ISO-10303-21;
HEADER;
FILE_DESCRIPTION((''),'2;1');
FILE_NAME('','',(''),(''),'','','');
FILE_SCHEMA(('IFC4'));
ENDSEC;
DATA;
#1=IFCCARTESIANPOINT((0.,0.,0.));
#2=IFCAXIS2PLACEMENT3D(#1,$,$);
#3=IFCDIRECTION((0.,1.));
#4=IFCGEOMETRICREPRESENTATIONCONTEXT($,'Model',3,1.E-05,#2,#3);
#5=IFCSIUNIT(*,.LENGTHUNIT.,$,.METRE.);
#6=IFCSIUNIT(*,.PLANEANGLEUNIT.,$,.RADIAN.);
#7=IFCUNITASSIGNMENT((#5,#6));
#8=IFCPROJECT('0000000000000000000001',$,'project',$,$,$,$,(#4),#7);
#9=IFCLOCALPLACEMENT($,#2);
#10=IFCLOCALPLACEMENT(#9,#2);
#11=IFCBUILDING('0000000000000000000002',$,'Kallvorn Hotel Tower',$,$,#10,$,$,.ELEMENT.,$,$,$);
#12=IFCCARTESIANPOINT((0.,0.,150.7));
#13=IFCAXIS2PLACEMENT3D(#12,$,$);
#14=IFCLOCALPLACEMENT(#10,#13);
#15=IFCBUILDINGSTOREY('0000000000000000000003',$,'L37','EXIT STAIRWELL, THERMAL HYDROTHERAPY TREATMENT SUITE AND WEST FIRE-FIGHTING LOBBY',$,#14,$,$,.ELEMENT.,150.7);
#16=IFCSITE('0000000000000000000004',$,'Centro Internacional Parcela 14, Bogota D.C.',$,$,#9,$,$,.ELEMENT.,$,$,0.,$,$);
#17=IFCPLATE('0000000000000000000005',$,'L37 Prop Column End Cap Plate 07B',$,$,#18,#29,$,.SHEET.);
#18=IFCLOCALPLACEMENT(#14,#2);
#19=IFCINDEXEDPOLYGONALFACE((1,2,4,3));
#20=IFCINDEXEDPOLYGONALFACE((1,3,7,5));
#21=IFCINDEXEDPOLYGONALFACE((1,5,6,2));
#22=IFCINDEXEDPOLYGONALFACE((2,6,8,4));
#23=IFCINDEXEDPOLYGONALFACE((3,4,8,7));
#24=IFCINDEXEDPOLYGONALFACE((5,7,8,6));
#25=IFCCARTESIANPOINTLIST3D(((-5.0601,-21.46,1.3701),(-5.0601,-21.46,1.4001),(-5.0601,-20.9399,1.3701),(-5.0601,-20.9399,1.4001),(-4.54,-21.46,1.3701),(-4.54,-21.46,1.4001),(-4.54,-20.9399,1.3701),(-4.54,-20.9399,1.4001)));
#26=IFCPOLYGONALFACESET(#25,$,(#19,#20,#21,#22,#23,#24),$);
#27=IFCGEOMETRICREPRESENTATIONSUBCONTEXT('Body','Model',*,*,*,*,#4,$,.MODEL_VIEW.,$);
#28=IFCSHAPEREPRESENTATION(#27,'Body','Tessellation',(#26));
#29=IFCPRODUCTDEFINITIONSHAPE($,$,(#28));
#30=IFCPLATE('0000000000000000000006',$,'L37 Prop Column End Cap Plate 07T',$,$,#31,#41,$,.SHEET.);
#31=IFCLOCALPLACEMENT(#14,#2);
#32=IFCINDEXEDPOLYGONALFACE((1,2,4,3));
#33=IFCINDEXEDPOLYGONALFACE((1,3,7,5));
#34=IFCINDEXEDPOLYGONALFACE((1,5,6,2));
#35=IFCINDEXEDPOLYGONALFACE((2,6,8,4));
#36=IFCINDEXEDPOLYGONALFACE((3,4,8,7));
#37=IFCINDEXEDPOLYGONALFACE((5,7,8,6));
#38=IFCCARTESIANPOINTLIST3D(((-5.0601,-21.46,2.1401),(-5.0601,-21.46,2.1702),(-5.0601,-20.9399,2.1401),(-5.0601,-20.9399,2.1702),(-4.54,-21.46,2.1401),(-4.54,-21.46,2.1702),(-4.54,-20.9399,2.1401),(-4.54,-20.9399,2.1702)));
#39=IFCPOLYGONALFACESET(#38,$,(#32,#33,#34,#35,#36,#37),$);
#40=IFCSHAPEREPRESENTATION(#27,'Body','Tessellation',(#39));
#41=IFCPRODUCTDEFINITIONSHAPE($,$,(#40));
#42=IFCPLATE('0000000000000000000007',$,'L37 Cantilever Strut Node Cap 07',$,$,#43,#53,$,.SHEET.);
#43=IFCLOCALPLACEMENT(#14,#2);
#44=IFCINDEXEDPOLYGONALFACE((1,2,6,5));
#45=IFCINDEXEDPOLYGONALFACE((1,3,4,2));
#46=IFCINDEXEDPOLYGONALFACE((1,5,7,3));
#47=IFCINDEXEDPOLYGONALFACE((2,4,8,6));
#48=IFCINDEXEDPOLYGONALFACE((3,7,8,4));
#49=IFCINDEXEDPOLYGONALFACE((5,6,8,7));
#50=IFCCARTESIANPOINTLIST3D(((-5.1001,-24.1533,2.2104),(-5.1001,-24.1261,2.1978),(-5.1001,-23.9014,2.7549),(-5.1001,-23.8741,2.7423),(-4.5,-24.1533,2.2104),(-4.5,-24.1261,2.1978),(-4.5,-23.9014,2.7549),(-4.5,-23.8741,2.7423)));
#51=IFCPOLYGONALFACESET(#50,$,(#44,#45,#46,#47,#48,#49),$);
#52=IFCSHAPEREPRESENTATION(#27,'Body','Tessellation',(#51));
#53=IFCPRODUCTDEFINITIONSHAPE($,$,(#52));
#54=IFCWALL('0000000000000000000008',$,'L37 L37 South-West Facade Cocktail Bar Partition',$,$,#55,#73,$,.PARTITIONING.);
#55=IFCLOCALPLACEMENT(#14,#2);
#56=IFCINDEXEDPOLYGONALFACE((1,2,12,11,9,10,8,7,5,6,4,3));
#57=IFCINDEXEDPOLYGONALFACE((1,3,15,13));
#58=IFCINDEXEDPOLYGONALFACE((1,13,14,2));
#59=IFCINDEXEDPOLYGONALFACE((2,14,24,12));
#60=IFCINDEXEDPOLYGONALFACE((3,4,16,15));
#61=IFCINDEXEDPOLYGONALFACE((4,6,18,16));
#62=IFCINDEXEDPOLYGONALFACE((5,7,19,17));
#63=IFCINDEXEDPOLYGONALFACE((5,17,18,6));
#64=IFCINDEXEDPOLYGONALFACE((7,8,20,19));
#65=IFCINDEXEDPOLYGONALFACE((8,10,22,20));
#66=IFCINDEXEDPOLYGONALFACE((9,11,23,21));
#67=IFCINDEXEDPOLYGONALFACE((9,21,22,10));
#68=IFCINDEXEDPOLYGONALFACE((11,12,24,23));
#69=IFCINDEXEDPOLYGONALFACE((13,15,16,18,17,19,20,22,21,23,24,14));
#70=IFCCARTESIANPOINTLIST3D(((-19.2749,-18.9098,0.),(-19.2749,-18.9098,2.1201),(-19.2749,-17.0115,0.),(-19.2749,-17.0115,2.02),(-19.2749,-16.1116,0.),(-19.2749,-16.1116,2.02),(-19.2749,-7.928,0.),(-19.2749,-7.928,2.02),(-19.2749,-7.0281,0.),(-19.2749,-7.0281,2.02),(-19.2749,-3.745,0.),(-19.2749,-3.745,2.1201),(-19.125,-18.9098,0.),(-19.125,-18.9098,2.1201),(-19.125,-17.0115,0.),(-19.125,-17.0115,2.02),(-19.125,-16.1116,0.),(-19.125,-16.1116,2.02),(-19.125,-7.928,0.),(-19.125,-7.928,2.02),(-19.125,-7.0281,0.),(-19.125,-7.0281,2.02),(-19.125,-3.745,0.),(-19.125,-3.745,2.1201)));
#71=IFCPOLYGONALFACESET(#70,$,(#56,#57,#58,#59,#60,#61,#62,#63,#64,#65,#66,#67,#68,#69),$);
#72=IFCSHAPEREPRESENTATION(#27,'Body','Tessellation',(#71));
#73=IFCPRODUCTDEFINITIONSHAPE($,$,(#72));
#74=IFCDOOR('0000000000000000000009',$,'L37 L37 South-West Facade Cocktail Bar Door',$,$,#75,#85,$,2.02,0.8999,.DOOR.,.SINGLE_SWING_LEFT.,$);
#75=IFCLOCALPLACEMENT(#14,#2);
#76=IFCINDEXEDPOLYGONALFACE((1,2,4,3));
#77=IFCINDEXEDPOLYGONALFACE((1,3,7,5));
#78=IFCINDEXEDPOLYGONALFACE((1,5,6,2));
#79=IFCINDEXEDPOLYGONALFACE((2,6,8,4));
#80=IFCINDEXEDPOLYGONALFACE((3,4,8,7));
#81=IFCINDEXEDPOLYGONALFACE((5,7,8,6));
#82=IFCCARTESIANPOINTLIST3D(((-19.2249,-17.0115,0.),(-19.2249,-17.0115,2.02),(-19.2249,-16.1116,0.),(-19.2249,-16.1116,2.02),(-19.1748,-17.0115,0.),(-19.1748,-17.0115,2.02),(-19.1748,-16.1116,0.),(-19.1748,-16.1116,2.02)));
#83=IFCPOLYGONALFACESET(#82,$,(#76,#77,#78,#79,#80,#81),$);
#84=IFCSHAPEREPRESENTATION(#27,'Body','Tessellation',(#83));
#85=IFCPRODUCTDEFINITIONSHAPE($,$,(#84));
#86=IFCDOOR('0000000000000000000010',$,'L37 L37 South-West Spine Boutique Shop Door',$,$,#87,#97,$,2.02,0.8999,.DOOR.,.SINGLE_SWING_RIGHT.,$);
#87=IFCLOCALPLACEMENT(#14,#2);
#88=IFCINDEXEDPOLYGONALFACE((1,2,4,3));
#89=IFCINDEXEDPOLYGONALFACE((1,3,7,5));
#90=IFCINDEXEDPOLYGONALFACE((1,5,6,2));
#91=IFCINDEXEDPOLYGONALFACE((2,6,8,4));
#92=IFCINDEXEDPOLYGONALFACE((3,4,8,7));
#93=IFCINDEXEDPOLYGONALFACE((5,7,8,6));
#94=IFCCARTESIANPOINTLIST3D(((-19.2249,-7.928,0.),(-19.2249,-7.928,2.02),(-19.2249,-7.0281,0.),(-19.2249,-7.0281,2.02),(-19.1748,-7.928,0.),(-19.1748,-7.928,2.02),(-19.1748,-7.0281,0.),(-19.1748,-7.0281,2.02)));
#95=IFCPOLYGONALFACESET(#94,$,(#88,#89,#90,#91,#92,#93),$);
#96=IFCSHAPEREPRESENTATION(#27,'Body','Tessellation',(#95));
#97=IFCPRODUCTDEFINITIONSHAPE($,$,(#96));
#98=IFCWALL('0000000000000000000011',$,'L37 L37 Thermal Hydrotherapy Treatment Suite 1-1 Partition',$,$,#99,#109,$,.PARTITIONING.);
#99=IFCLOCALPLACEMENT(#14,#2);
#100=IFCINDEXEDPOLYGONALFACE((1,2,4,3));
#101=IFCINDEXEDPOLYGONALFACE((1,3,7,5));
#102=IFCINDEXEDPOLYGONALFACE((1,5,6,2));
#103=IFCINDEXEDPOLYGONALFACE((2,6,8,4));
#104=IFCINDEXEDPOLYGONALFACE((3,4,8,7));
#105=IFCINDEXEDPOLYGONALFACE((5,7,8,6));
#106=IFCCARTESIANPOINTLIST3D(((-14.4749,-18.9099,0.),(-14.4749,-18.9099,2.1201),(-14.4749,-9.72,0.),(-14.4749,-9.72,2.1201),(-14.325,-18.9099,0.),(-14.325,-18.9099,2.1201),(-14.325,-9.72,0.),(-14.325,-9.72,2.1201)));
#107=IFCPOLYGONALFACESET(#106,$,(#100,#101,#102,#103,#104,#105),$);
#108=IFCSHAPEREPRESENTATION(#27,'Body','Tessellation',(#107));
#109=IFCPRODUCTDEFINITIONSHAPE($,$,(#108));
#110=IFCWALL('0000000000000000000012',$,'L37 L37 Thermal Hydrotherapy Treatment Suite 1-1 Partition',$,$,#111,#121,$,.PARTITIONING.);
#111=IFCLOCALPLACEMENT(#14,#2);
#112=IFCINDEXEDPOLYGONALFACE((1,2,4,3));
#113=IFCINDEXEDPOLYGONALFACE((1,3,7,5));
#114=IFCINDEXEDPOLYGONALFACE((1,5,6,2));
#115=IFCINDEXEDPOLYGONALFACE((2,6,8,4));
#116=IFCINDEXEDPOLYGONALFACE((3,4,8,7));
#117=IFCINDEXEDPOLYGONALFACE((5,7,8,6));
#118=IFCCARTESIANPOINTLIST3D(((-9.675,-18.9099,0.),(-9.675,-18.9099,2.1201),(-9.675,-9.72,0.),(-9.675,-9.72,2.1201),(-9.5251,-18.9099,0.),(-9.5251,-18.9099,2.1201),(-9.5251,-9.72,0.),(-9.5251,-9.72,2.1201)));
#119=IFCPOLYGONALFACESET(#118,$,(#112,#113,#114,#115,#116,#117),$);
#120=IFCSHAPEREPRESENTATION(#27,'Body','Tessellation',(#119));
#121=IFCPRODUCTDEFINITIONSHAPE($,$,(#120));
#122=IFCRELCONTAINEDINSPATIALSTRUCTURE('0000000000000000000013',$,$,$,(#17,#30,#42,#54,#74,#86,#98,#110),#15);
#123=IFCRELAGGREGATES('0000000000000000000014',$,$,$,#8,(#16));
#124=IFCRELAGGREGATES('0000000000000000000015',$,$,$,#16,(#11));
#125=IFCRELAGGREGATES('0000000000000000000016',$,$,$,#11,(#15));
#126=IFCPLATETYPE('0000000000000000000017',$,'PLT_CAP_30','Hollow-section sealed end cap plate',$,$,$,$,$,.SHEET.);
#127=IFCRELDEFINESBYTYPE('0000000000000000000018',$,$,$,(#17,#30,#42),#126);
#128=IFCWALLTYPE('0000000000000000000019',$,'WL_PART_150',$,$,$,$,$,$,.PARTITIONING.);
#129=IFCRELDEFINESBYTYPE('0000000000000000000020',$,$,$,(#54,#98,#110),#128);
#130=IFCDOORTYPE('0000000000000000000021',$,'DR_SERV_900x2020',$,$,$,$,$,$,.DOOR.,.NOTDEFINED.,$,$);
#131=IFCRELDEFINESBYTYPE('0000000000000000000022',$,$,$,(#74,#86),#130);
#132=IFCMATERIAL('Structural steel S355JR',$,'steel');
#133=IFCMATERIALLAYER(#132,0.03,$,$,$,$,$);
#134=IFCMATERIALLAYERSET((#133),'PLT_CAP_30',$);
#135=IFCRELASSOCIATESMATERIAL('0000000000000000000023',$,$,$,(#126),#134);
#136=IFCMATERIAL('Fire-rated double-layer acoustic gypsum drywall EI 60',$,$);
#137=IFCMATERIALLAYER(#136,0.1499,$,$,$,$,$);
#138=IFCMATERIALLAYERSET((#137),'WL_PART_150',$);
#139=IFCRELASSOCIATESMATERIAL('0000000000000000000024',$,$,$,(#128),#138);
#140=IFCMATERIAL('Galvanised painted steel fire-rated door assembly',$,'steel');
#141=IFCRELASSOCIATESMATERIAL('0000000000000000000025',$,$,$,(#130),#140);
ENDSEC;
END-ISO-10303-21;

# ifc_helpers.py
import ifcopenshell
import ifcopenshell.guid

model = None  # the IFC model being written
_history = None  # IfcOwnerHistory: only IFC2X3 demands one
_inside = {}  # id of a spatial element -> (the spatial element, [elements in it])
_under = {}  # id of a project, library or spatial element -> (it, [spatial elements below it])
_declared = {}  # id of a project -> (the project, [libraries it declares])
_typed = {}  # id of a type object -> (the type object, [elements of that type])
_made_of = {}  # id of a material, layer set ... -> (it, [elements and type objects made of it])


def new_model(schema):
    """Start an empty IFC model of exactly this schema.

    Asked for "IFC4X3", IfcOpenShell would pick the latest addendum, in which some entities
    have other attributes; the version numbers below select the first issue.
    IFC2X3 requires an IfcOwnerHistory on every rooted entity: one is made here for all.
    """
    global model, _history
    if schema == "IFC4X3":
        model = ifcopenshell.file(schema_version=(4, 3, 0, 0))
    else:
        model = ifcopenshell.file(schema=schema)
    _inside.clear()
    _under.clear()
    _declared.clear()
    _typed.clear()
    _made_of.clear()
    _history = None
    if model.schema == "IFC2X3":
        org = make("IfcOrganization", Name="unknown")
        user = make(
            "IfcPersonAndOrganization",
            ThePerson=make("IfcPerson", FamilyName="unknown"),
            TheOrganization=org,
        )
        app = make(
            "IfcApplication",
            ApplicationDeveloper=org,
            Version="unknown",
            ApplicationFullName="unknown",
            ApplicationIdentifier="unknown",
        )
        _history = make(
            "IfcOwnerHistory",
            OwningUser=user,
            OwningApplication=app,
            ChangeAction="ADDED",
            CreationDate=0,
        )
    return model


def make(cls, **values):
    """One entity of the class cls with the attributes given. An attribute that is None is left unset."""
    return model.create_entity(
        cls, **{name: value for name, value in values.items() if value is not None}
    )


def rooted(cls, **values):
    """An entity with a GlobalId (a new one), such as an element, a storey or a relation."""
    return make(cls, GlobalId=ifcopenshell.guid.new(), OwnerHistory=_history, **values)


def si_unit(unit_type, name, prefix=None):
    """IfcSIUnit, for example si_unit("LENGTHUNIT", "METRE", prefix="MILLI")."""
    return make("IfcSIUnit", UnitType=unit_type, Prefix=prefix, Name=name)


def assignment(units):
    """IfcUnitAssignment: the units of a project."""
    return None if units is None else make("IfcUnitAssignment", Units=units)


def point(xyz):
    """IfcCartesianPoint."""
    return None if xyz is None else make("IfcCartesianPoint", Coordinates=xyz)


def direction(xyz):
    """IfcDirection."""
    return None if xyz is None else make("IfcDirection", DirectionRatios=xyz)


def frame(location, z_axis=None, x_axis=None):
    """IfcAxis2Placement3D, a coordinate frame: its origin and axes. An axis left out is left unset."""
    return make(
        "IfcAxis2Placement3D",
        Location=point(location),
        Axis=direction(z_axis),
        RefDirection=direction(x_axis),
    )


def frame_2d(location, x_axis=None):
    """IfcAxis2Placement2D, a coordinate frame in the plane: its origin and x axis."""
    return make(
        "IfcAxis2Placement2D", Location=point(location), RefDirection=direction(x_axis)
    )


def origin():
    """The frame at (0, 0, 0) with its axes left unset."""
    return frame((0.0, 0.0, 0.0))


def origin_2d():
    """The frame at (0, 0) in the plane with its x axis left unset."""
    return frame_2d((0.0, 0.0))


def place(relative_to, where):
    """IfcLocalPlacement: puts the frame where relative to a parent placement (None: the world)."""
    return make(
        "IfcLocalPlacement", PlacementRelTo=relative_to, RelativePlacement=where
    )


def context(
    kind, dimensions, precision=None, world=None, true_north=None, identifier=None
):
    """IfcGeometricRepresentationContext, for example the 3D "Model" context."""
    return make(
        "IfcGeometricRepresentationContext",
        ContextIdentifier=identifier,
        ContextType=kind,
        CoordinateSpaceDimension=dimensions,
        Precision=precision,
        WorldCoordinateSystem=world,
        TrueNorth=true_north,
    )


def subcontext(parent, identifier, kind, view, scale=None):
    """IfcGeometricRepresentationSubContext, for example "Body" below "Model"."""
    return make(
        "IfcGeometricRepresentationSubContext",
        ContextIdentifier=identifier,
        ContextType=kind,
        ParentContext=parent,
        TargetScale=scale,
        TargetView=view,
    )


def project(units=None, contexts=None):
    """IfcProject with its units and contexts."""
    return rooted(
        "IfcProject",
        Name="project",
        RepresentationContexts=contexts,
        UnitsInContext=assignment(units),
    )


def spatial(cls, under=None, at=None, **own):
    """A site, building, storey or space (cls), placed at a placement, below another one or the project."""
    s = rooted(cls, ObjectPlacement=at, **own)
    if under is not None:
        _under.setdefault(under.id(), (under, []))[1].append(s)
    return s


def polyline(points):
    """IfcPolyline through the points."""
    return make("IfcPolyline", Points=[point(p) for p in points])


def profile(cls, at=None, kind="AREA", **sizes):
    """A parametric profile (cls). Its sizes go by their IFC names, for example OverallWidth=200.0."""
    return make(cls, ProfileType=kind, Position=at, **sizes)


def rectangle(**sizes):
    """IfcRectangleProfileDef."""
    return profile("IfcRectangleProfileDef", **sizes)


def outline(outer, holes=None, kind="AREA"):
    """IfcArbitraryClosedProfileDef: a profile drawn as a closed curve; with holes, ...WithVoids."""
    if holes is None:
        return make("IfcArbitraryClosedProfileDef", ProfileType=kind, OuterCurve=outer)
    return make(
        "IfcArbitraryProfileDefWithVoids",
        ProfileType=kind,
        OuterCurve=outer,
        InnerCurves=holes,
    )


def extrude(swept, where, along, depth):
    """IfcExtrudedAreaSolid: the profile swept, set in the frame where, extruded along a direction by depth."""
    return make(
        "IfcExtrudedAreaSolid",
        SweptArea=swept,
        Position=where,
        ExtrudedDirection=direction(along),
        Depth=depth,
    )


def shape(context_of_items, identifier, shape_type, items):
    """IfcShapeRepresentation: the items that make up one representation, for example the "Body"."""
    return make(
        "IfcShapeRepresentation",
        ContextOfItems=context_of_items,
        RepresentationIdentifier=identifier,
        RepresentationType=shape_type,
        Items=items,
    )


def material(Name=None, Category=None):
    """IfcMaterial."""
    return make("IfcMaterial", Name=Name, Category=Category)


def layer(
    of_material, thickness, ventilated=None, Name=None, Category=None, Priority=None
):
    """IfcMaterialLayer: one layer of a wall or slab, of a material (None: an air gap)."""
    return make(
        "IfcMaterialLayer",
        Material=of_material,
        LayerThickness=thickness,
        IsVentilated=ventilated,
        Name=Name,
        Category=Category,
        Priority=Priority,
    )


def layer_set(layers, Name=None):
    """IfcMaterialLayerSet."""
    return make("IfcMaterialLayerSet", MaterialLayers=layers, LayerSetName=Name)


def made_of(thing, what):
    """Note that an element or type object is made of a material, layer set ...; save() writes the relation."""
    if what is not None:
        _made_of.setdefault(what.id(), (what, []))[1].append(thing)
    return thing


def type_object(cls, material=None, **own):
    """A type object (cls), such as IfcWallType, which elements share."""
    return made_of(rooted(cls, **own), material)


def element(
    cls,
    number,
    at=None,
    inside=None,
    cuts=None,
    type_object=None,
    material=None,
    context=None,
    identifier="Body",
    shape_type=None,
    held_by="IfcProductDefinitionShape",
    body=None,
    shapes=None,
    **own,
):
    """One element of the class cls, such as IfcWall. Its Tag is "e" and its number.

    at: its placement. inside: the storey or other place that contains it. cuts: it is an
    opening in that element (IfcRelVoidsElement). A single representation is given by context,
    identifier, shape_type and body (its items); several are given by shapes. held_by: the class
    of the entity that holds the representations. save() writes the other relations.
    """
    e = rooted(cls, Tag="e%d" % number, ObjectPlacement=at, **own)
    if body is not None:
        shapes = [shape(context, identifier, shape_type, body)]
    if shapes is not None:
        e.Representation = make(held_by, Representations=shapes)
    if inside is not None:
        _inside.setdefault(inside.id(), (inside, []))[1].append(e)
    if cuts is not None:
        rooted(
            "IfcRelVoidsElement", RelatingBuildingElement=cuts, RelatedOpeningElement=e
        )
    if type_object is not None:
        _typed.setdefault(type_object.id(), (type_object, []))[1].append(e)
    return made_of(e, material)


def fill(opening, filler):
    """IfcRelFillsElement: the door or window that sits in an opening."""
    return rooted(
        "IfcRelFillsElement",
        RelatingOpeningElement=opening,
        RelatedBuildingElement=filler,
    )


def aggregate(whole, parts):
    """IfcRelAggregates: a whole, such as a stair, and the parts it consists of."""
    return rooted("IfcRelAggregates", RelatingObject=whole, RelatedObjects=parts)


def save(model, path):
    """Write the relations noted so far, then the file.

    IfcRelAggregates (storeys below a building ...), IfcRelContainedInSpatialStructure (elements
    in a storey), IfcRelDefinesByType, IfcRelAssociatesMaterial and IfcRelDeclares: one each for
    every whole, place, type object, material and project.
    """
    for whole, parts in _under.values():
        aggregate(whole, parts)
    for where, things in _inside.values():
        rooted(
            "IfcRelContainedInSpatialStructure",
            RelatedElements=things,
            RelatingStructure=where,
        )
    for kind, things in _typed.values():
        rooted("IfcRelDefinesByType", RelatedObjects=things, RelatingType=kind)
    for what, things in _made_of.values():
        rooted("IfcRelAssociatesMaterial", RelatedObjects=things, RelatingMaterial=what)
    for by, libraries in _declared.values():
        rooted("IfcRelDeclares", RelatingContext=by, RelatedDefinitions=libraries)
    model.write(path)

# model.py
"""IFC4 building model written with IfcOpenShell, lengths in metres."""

from ifc_helpers import new_model, si_unit, direction, frame, frame_2d, origin, origin_2d, place, context, subcontext, project, spatial, polyline, rectangle, outline, extrude, material, layer, layer_set, type_object, element, fill, save


model = new_model("IFC4")

# Units and contexts
model_context = context("Model", 3, precision=1e-05, world=origin(), true_north=direction((0.0, 1.0)))
body_context = subcontext(model_context, "Body", "Model", "MODEL_VIEW")
ifc_project = project(units=[si_unit("LENGTHUNIT", "METRE"), si_unit("PLANEANGLEUNIT", "RADIAN")], contexts=[model_context])

# Site, building, storey
site_placement = place(None, origin())
site = spatial("IfcSite", under=ifc_project, at=site_placement, Name="Centro Internacional Parcela 14, Bogota D.C.", CompositionType="ELEMENT", RefElevation=0.0)
building_placement = place(site_placement, origin())
building = spatial("IfcBuilding", under=site, at=building_placement, Name="Kallvorn Hotel Tower", CompositionType="ELEMENT")
storey_placement = place(building_placement, frame((0.0, 0.0, 150.7)))
storey = spatial("IfcBuildingStorey", under=building, at=storey_placement, Name="L37", Description="EXIT STAIRWELL, THERMAL HYDROTHERAPY TREATMENT SUITE AND WEST FIRE-FIGHTING LOBBY", CompositionType="ELEMENT", Elevation=150.7)

# Plates
ifc_material_1 = material(Name="Structural steel S355JR", Category="steel")
ifc_layer_1 = layer(ifc_material_1, 0.03)
ifc_layer_set_1 = layer_set([ifc_layer_1], Name="PLT_CAP_30")
plate_type = type_object("IfcPlateType", Name="PLT_CAP_30", Description="Hollow-section sealed end cap plate", PredefinedType="SHEET", material=ifc_layer_set_1)
for number, where, z_axis, x_axis, name in (
    (1, (-4.8, -21.2, 1.3701), (0.0, 0.0, 1.0), (1.0, 0.0, 0.0), "L37 Prop Column End Cap Plate 07B"),
    (2, (-4.8, -21.2, 2.1401), (0.0, 0.0, 1.0), (1.0, 0.0, 0.0), "L37 Prop Column End Cap Plate 07T"),
):
    element("IfcPlate", number, at=place(storey_placement, frame(where, z_axis=z_axis, x_axis=x_axis)), inside=storey, type_object=plate_type, Name=name, PredefinedType="SHEET", context=body_context, shape_type="SweptSolid", body=[
        extrude(rectangle(XDim=0.52, YDim=0.52, at=origin_2d()), origin(), (0.0, 0.0, 1.0), 0.03),
    ])
plate_1_placement = place(storey_placement, frame((-5.1001, -24.1533, 2.2104), z_axis=(0.0, -0.90753, 0.419987), x_axis=(1.0, 0.0, 0.0)))
element("IfcPlate", 3, at=plate_1_placement, inside=storey, type_object=plate_type, Name="L37 Cantilever Strut Node Cap 07", PredefinedType="SHEET", context=body_context, shape_type="SweptSolid", body=[
    extrude(outline(polyline([(0.0, 0.0), (0.6001, 0.0), (0.6001, 0.5999), (0.0, 0.5999), (0.0, 0.0)])), origin(), (0.0, 0.0, -1.0), 0.03),
])

# Wall, openings, doors
ifc_material_2 = material(Name="Fire-rated double-layer acoustic gypsum drywall EI 60")
ifc_layer_2 = layer(ifc_material_2, 0.1499)
ifc_layer_set_2 = layer_set([ifc_layer_2], Name="WL_PART_150")
wall_type = type_object("IfcWallType", Name="WL_PART_150", PredefinedType="PARTITIONING", material=ifc_layer_set_2)
wall_placement = place(storey_placement, frame((-19.2, -18.9099, 0.0), z_axis=(0.0, 0.0, 1.0), x_axis=(0.0, 1.0, 0.0)))
wall = element("IfcWall", 4, at=wall_placement, inside=storey, type_object=wall_type, Name="L37 L37 South-West Facade Cocktail Bar Partition", PredefinedType="PARTITIONING", context=body_context, shape_type="SweptSolid", body=[
    extrude(rectangle(XDim=15.1648, YDim=0.1499, at=frame_2d((7.5825, 0.0))), origin(), (0.0, 0.0, 1.0), 2.1201),
])
opening_1_placement = place(wall_placement, frame((1.8984, 0.0, 0.0)))
opening_1 = element("IfcOpeningElement", 5, at=opening_1_placement, cuts=wall, PredefinedType="OPENING", context=body_context, shape_type="SweptSolid", body=[
    extrude(rectangle(XDim=0.8999, YDim=2.02, at=frame_2d((0.45, 1.01))), frame((0.0, 0.0898, 0.0), z_axis=(0.0, -1.0, 0.0), x_axis=(1.0, 0.0, 0.0)), (0.0, 0.0, 1.0), 0.1799),
])
opening_2_placement = place(wall_placement, frame((10.9819, 0.0, 0.0)))
opening_2 = element("IfcOpeningElement", 6, at=opening_2_placement, cuts=wall, PredefinedType="OPENING", context=body_context, shape_type="SweptSolid", body=[
    extrude(rectangle(XDim=0.8999, YDim=2.02, at=frame_2d((0.45, 1.01))), frame((0.0, 0.0898, 0.0), z_axis=(0.0, -1.0, 0.0), x_axis=(1.0, 0.0, 0.0)), (0.0, 0.0, 1.0), 0.1799),
])
ifc_material_3 = material(Name="Galvanised painted steel fire-rated door assembly", Category="steel")
door_type = type_object("IfcDoorType", Name="DR_SERV_900x2020", OperationType="NOTDEFINED", PredefinedType="DOOR", material=ifc_material_3)
door_1_placement = place(opening_1_placement, origin())
door_1 = element("IfcDoor", 7, at=door_1_placement, inside=storey, type_object=door_type, Name="L37 L37 South-West Facade Cocktail Bar Door", OperationType="SINGLE_SWING_LEFT", OverallHeight=2.02, OverallWidth=0.8999, PredefinedType="DOOR", context=body_context, shape_type="SweptSolid", body=[
    extrude(rectangle(XDim=0.8999, YDim=2.02, at=frame_2d((0.45, 1.01))), frame((0.0, 0.0249, 0.0), z_axis=(0.0, -1.0, 0.0), x_axis=(1.0, 0.0, 0.0)), (0.0, 0.0, 1.0), 0.05),
])
fill(opening_1, door_1)
door_2_placement = place(opening_2_placement, origin())
door_2 = element("IfcDoor", 8, at=door_2_placement, inside=storey, type_object=door_type, Name="L37 L37 South-West Spine Boutique Shop Door", OperationType="SINGLE_SWING_RIGHT", OverallHeight=2.02, OverallWidth=0.8999, PredefinedType="DOOR", context=body_context, shape_type="SweptSolid", body=[
    extrude(rectangle(XDim=0.8999, YDim=2.02, at=frame_2d((0.45, 1.01))), frame((0.0, 0.0249, 0.0), z_axis=(0.0, -1.0, 0.0), x_axis=(1.0, 0.0, 0.0)), (0.0, 0.0, 1.0), 0.05),
])
fill(opening_2, door_2)

# Walls
for number, where, z_axis, x_axis, name in (
    (9, (-14.3999, -18.9099, 0.0), (0.0, 0.0, 1.0), (0.0, 1.0, 0.0), "L37 L37 Thermal Hydrotherapy Treatment Suite 1-1 Partition"),
    (10, (-9.6001, -18.9099, 0.0), (0.0, 0.0, 1.0), (0.0, 1.0, 0.0), "L37 L37 Thermal Hydrotherapy Treatment Suite 1-1 Partition"),
):
    element("IfcWall", number, at=place(storey_placement, frame(where, z_axis=z_axis, x_axis=x_axis)), inside=storey, type_object=wall_type, Name=name, PredefinedType="PARTITIONING", context=body_context, shape_type="SweptSolid", body=[
        extrude(rectangle(XDim=9.1899, YDim=0.1499, at=frame_2d((4.595, 0.0))), origin(), (0.0, 0.0, 1.0), 2.1201),
    ])

save(model, "model.ifc")
